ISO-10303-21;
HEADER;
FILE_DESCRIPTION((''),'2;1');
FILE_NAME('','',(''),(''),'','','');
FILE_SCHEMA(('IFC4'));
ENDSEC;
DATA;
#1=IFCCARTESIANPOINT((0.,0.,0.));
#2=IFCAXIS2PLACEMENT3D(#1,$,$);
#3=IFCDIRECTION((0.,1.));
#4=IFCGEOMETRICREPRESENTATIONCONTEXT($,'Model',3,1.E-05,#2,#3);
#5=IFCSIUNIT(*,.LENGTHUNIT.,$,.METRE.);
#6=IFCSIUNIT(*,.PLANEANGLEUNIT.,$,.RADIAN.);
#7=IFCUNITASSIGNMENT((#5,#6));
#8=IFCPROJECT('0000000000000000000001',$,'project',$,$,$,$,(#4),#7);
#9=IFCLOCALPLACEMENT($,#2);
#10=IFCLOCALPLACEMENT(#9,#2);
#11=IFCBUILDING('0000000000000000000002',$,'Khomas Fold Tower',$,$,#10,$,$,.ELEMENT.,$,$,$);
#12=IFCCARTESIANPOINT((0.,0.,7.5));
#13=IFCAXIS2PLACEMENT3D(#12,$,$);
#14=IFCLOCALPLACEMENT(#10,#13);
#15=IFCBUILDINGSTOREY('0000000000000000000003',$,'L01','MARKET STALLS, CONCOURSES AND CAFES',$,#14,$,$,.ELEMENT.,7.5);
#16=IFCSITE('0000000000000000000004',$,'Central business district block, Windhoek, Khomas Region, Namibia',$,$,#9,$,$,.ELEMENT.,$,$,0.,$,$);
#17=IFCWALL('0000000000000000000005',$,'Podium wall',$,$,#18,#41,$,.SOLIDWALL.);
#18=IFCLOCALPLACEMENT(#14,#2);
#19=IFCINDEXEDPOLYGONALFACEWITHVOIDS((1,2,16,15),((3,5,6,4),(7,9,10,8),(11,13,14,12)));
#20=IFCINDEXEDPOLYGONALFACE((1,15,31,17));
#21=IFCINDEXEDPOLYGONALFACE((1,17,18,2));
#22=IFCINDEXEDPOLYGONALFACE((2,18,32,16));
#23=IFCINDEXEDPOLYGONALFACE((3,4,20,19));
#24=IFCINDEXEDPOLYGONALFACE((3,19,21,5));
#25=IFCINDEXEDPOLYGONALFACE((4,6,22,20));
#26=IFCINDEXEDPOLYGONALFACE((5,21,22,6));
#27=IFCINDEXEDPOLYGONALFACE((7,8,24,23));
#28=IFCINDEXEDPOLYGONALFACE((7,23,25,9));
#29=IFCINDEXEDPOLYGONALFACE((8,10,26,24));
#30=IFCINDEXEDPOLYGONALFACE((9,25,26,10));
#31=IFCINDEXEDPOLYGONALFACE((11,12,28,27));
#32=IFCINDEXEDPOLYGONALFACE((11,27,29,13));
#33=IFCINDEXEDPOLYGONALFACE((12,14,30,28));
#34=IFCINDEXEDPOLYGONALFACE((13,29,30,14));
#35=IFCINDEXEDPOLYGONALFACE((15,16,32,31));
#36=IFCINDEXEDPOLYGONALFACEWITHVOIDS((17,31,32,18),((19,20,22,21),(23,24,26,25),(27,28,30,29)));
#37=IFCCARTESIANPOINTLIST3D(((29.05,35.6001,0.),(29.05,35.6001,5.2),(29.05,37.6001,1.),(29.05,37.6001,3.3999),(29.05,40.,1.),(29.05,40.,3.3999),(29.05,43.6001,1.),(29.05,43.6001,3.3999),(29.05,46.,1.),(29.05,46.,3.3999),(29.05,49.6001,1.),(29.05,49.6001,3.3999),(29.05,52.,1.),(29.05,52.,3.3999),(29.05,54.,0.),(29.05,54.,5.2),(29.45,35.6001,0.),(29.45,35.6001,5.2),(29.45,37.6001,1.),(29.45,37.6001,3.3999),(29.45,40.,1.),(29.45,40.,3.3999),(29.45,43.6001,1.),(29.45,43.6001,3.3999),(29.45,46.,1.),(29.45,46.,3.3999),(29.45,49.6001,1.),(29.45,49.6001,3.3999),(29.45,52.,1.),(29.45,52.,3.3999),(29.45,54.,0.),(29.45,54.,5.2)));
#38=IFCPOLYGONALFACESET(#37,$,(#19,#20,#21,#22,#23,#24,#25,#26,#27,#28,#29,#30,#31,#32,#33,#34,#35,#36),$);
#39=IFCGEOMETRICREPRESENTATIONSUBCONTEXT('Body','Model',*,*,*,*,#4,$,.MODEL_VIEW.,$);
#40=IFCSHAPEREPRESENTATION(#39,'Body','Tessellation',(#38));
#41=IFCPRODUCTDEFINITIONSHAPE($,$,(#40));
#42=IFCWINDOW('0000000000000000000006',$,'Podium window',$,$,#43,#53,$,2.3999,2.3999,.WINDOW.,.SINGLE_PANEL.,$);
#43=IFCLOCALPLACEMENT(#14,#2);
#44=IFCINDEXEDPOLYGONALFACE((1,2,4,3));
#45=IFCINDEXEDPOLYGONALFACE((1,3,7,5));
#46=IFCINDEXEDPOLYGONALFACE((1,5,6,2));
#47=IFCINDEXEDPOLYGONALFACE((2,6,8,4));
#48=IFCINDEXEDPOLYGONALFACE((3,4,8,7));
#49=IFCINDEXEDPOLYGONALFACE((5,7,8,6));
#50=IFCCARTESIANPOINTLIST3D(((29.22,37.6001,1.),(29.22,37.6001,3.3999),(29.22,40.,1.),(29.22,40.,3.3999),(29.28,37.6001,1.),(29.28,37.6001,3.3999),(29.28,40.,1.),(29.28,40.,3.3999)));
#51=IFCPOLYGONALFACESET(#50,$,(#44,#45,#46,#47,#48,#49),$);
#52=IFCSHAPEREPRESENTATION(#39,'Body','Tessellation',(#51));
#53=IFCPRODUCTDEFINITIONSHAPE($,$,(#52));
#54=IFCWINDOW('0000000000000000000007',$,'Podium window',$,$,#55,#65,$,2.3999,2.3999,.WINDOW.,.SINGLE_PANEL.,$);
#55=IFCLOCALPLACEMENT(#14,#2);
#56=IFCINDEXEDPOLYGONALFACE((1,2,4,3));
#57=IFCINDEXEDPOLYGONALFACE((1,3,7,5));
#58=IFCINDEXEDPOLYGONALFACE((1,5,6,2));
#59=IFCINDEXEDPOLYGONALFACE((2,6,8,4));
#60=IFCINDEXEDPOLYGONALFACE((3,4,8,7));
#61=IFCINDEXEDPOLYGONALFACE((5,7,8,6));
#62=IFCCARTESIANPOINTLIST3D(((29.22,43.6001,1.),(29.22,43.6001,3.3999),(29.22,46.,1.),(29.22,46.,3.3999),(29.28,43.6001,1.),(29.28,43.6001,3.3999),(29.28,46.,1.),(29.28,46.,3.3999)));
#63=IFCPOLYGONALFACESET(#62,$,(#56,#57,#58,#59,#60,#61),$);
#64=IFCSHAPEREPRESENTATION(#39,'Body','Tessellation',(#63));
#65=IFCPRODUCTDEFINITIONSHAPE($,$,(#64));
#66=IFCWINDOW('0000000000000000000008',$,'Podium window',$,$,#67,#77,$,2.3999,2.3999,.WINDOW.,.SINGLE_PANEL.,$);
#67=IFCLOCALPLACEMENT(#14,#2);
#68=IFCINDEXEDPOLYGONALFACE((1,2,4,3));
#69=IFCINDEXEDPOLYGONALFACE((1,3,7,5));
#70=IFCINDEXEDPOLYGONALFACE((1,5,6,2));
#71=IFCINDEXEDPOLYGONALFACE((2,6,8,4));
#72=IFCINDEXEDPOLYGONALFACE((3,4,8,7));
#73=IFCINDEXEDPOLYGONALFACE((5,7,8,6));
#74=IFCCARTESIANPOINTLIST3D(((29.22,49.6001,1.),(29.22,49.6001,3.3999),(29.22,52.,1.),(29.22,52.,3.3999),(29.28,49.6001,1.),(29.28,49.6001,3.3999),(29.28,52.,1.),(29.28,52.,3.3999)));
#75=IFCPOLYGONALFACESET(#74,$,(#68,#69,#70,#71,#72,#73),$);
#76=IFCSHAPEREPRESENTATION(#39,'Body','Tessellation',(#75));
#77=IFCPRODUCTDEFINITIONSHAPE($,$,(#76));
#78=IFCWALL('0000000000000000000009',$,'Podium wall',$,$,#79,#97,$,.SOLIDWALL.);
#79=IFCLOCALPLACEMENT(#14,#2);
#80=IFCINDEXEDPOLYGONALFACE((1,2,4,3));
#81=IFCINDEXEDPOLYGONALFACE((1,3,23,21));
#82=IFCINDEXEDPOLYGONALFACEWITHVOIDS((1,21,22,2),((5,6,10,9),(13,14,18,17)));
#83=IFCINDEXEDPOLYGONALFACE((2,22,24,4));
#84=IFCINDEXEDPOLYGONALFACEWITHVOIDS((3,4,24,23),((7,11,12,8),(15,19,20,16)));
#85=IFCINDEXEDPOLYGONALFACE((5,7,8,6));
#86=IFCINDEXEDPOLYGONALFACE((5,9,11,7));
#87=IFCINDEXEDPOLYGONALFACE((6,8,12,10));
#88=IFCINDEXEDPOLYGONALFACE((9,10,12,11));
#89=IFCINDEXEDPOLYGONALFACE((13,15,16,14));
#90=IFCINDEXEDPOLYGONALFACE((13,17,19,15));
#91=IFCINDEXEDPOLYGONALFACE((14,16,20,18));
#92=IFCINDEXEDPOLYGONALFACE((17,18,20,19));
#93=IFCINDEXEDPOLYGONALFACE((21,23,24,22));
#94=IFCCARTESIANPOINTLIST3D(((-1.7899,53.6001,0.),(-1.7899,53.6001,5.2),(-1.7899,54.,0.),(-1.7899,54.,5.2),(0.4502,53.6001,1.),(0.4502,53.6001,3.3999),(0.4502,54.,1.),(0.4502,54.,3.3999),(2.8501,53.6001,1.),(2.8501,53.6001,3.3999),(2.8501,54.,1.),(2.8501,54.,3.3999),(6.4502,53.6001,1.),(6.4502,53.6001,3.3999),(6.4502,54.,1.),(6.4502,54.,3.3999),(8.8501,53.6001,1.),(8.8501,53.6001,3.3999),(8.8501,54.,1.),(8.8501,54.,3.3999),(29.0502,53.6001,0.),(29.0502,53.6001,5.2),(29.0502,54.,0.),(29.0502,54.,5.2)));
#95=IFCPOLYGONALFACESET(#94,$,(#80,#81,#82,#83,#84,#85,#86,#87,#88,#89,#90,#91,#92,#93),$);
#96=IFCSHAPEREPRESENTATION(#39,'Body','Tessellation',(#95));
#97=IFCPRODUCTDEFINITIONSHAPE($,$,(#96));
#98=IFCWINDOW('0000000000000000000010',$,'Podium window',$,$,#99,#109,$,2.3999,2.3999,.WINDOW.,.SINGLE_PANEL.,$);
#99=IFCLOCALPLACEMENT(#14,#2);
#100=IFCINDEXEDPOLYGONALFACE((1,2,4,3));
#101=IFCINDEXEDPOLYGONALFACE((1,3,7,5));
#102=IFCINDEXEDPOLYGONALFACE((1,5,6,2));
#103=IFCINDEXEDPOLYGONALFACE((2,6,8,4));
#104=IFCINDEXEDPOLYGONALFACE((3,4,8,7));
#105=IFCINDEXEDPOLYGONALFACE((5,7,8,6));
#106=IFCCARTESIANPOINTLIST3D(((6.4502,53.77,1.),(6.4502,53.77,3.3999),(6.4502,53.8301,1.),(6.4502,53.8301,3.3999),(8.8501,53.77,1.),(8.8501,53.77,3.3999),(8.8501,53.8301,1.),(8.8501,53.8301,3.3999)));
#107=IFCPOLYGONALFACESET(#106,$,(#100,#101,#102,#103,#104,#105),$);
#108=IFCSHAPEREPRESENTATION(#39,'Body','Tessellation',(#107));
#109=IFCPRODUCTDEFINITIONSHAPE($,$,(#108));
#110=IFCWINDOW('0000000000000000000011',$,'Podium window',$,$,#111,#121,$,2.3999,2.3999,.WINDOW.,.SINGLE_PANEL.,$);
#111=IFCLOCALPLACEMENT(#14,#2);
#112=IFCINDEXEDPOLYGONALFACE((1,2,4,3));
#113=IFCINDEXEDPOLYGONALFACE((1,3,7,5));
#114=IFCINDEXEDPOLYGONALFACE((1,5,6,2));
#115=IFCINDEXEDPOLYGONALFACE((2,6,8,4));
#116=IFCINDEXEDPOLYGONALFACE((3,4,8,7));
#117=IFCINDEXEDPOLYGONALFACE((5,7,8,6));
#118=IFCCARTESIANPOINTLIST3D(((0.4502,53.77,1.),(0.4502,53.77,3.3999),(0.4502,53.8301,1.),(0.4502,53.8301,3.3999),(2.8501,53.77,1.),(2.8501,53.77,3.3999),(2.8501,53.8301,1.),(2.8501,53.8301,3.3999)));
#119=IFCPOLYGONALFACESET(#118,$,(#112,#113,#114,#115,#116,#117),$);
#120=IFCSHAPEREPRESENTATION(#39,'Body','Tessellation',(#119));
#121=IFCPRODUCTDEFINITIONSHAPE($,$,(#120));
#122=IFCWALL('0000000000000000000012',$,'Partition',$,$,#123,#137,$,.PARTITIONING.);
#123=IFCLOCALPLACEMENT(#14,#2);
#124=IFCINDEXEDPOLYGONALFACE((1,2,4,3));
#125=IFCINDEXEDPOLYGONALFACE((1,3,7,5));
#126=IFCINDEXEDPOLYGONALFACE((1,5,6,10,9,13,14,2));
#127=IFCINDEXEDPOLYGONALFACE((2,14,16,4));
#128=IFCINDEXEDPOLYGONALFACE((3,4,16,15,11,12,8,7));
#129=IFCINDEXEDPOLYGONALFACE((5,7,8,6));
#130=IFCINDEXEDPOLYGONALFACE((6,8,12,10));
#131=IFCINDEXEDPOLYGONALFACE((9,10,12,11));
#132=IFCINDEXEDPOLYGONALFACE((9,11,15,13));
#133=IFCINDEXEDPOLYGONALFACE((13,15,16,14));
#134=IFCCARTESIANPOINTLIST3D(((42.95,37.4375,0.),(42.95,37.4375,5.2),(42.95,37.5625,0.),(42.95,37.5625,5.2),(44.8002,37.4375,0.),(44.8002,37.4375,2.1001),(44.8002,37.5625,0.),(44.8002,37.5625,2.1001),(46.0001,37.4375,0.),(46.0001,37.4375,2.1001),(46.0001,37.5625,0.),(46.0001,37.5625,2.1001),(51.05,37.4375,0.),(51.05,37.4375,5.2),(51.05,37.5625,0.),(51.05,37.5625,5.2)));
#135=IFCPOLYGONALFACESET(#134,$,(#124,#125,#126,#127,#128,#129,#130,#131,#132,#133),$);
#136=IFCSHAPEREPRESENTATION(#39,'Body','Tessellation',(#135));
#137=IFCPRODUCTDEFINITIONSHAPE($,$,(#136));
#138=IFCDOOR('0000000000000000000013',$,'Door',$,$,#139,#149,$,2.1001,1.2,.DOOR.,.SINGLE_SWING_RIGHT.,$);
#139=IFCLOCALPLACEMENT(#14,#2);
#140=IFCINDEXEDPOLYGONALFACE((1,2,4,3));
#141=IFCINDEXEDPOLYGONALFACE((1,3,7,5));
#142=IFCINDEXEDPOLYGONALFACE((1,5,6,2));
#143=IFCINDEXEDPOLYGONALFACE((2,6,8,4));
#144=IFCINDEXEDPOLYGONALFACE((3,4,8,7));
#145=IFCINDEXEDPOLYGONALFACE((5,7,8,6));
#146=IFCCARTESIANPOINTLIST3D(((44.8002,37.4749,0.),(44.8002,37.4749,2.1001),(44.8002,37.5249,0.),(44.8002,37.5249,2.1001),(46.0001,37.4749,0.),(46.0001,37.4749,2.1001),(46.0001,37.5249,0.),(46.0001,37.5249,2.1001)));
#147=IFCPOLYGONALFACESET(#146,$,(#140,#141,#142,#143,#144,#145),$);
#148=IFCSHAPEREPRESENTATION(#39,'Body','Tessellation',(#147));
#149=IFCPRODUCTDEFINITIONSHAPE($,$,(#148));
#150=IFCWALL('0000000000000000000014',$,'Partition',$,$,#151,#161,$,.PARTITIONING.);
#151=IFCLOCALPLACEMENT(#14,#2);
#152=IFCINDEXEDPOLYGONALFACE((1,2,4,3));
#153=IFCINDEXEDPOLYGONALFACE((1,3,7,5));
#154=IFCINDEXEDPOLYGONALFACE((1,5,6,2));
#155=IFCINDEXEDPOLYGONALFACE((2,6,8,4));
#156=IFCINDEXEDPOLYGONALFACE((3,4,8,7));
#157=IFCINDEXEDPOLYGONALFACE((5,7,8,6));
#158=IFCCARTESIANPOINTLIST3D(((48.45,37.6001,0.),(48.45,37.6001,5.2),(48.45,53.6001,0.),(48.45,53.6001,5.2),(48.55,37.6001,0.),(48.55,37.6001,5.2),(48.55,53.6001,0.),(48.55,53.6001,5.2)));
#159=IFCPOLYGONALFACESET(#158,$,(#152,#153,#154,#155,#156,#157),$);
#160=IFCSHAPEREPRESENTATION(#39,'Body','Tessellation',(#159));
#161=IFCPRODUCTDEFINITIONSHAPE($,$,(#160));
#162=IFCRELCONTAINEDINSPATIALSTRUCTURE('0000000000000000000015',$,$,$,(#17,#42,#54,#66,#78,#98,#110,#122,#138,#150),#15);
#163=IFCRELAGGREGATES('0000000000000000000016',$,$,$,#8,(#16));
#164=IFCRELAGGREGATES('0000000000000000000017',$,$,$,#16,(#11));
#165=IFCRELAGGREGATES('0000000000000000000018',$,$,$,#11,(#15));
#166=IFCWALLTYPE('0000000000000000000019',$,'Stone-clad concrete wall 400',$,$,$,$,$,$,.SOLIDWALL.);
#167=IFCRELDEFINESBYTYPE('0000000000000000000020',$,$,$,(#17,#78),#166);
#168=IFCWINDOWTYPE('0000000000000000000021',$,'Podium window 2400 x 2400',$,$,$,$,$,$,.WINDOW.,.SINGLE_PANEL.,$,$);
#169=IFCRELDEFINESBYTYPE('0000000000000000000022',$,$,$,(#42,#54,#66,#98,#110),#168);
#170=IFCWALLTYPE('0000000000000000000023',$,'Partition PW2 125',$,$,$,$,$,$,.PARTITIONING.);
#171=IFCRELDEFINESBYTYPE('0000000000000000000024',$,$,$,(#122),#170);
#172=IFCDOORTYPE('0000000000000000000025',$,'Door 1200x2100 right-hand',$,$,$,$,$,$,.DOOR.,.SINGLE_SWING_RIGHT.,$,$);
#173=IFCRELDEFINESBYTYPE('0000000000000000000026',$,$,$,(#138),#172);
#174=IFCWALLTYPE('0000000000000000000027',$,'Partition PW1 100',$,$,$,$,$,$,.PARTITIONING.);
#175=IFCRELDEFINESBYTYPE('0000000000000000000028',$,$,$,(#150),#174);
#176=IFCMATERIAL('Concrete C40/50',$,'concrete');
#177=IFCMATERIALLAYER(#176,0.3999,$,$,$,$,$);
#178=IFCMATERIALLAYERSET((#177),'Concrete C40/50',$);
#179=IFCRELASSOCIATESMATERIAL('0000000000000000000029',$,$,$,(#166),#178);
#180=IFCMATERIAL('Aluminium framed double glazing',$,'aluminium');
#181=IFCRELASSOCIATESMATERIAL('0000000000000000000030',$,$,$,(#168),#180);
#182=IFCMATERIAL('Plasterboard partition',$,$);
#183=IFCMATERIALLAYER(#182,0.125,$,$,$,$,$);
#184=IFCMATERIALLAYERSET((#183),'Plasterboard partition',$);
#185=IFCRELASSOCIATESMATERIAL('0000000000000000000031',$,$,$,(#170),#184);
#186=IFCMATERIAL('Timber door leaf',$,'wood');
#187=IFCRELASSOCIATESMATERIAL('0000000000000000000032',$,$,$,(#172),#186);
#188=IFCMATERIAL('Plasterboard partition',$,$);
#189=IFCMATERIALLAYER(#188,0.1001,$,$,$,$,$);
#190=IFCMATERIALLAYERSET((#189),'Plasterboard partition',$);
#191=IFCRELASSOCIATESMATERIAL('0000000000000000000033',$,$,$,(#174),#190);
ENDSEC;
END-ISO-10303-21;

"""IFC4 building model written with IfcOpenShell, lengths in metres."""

from ifc_helpers import new_model, si_unit, direction, frame, frame_2d, origin, place, context, subcontext, project, spatial, rectangle, extrude, source, transform, mapped, material, layer, layer_set, type_object, element, fill, save


model = new_model("IFC4")

# Units and contexts
model_context = context("Model", 3, precision=1e-05, world=origin(), true_north=direction((0.0, 1.0)))
body_context = subcontext(model_context, "Body", "Model", "MODEL_VIEW")
ifc_project = project(units=[si_unit("LENGTHUNIT", "METRE"), si_unit("PLANEANGLEUNIT", "RADIAN")], contexts=[model_context])

# Site, building, storey
site_placement = place(None, origin())
site = spatial("IfcSite", under=ifc_project, at=site_placement, Name="Central business district block, Windhoek, Khomas Region, Namibia", CompositionType="ELEMENT", RefElevation=0.0)
building_placement = place(site_placement, origin())
building = spatial("IfcBuilding", under=site, at=building_placement, Name="Khomas Fold Tower", CompositionType="ELEMENT")
storey_placement = place(building_placement, frame((0.0, 0.0, 7.5)))
storey = spatial("IfcBuildingStorey", under=building, at=storey_placement, Name="L01", Description="MARKET STALLS, CONCOURSES AND CAFES", CompositionType="ELEMENT", Elevation=7.5)

# Walls, openings, windows
ifc_material_1 = material(Name="Concrete C40/50", Category="concrete")
ifc_layer_1 = layer(ifc_material_1, 0.3999)
ifc_layer_set_1 = layer_set([ifc_layer_1], Name="Concrete C40/50")
wall_type_1 = type_object("IfcWallType", Name="Stone-clad concrete wall 400", PredefinedType="SOLIDWALL", material=ifc_layer_set_1)
shared_shape_1 = source(origin(), body_context, "Body", "SweptSolid", [
    extrude(rectangle(XDim=2.3999, YDim=2.3999, at=frame_2d((1.2, 1.2))), frame((0.0, 0.21, 0.0), z_axis=(0.0, -1.0, 0.0), x_axis=(1.0, 0.0, 0.0)), (0.0, 0.0, 1.0), 0.4199),
])
ifc_material_2 = material(Name="Aluminium framed double glazing", Category="aluminium")
window_type = type_object("IfcWindowType", Name="Podium window 2400 x 2400", PartitioningType="SINGLE_PANEL", PredefinedType="WINDOW", material=ifc_material_2)
shared_shape_2 = source(origin(), body_context, "Body", "SweptSolid", [
    extrude(rectangle(XDim=2.3999, YDim=2.3999, at=frame_2d((1.2, 1.2))), frame((0.0, 0.03, 0.0), z_axis=(0.0, -1.0, 0.0), x_axis=(1.0, 0.0, 0.0)), (0.0, 0.0, 1.0), 0.0601),
])
shared_shape_3 = source(origin(), body_context, "Body", "SweptSolid", [
    extrude(rectangle(XDim=18.3999, YDim=0.3999, at=frame_2d((9.2, 0.0))), origin(), (0.0, 0.0, 1.0), 5.2),
])
wall_1_placement = place(storey_placement, frame((29.25, 35.6001, 0.0), z_axis=(0.0, 0.0, 1.0), x_axis=(0.0, 1.0, 0.0)))
wall_1 = element("IfcWall", 1, at=wall_1_placement, inside=storey, type_object=wall_type_1, Name="Podium wall", PredefinedType="SOLIDWALL", context=body_context, shape_type="MappedRepresentation", body=[
    mapped(shared_shape_3, transform((0.0, 0.0, 0.0))),
])
opening_1_placement = place(wall_1_placement, frame((2.0, 0.0, 1.0)))
opening_1 = element("IfcOpeningElement", 2, at=opening_1_placement, cuts=wall_1, PredefinedType="OPENING", context=body_context, shape_type="MappedRepresentation", body=[
    mapped(shared_shape_1, transform((0.0, 0.0, 0.0))),
])
opening_2_placement = place(wall_1_placement, frame((8.0, 0.0, 1.0)))
opening_2 = element("IfcOpeningElement", 3, at=opening_2_placement, cuts=wall_1, PredefinedType="OPENING", context=body_context, shape_type="MappedRepresentation", body=[
    mapped(shared_shape_1, transform((0.0, 0.0, 0.0))),
])
opening_3_placement = place(wall_1_placement, frame((14.0, 0.0, 1.0)))
opening_3 = element("IfcOpeningElement", 4, at=opening_3_placement, cuts=wall_1, PredefinedType="OPENING", context=body_context, shape_type="MappedRepresentation", body=[
    mapped(shared_shape_1, transform((0.0, 0.0, 0.0))),
])
window_1_placement = place(opening_1_placement, origin())
window_1 = element("IfcWindow", 5, at=window_1_placement, inside=storey, type_object=window_type, Name="Podium window", OverallHeight=2.3999, OverallWidth=2.3999, PartitioningType="SINGLE_PANEL", PredefinedType="WINDOW", context=body_context, shape_type="MappedRepresentation", body=[
    mapped(shared_shape_2, transform((0.0, 0.0, 0.0))),
])
fill(opening_1, window_1)
window_2_placement = place(opening_2_placement, origin())
window_2 = element("IfcWindow", 6, at=window_2_placement, inside=storey, type_object=window_type, Name="Podium window", OverallHeight=2.3999, OverallWidth=2.3999, PartitioningType="SINGLE_PANEL", PredefinedType="WINDOW", context=body_context, shape_type="MappedRepresentation", body=[
    mapped(shared_shape_2, transform((0.0, 0.0, 0.0))),
])
fill(opening_2, window_2)
window_3_placement = place(opening_3_placement, origin())
window_3 = element("IfcWindow", 7, at=window_3_placement, inside=storey, type_object=window_type, Name="Podium window", OverallHeight=2.3999, OverallWidth=2.3999, PartitioningType="SINGLE_PANEL", PredefinedType="WINDOW", context=body_context, shape_type="MappedRepresentation", body=[
    mapped(shared_shape_2, transform((0.0, 0.0, 0.0))),
])
fill(opening_3, window_3)
shared_shape_4 = source(origin(), body_context, "Body", "SweptSolid", [
    extrude(rectangle(XDim=30.8401, YDim=0.3999, at=frame_2d((15.4199, 0.0))), origin(), (0.0, 0.0, 1.0), 5.2),
])
wall_2_placement = place(storey_placement, frame((29.05, 53.8, 0.0), z_axis=(0.0, 0.0, 1.0), x_axis=(-1.0, 0.0, 0.0)))
wall_2 = element("IfcWall", 8, at=wall_2_placement, inside=storey, type_object=wall_type_1, Name="Podium wall", PredefinedType="SOLIDWALL", context=body_context, shape_type="MappedRepresentation", body=[
    mapped(shared_shape_4, transform((0.0, 0.0, 0.0))),
])
opening_4_placement = place(wall_2_placement, frame((20.2, 0.0, 1.0)))
opening_4 = element("IfcOpeningElement", 9, at=opening_4_placement, cuts=wall_2, PredefinedType="OPENING", context=body_context, shape_type="MappedRepresentation", body=[
    mapped(shared_shape_1, transform((0.0, 0.0, 0.0))),
])
opening_5_placement = place(wall_2_placement, frame((26.2, 0.0, 1.0)))
opening_5 = element("IfcOpeningElement", 10, at=opening_5_placement, cuts=wall_2, PredefinedType="OPENING", context=body_context, shape_type="MappedRepresentation", body=[
    mapped(shared_shape_1, transform((0.0, 0.0, 0.0))),
])
window_4_placement = place(opening_4_placement, origin())
window_4 = element("IfcWindow", 11, at=window_4_placement, inside=storey, type_object=window_type, Name="Podium window", OverallHeight=2.3999, OverallWidth=2.3999, PartitioningType="SINGLE_PANEL", PredefinedType="WINDOW", context=body_context, shape_type="MappedRepresentation", body=[
    mapped(shared_shape_2, transform((0.0, 0.0, 0.0))),
])
fill(opening_4, window_4)
window_5_placement = place(opening_5_placement, origin())
window_5 = element("IfcWindow", 12, at=window_5_placement, inside=storey, type_object=window_type, Name="Podium window", OverallHeight=2.3999, OverallWidth=2.3999, PartitioningType="SINGLE_PANEL", PredefinedType="WINDOW", context=body_context, shape_type="MappedRepresentation", body=[
    mapped(shared_shape_2, transform((0.0, 0.0, 0.0))),
])
fill(opening_5, window_5)

# Wall, opening, door
ifc_material_3 = material(Name="Plasterboard partition")
ifc_layer_2 = layer(ifc_material_3, 0.125)
ifc_layer_set_2 = layer_set([ifc_layer_2], Name="Plasterboard partition")
wall_type_2 = type_object("IfcWallType", Name="Partition PW2 125", PredefinedType="PARTITIONING", material=ifc_layer_set_2)
shared_shape_5 = source(origin(), body_context, "Body", "SweptSolid", [
    extrude(rectangle(XDim=8.1001, YDim=0.125, at=frame_2d((4.05, 0.0))), origin(), (0.0, 0.0, 1.0), 5.2),
])
wall_3_placement = place(storey_placement, frame((42.95, 37.5, 0.0), z_axis=(0.0, 0.0, 1.0), x_axis=(1.0, 0.0, 0.0)))
wall_3 = element("IfcWall", 13, at=wall_3_placement, inside=storey, type_object=wall_type_2, Name="Partition", PredefinedType="PARTITIONING", context=body_context, shape_type="MappedRepresentation", body=[
    mapped(shared_shape_5, transform((0.0, 0.0, 0.0))),
])
shared_shape_6 = source(origin(), body_context, "Body", "SweptSolid", [
    extrude(rectangle(XDim=1.2, YDim=2.1001, at=frame_2d((0.6001, 1.05))), frame((0.0, 0.0725, 0.0), z_axis=(0.0, -1.0, 0.0), x_axis=(1.0, 0.0, 0.0)), (0.0, 0.0, 1.0), 0.145),
])
opening_6_placement = place(wall_3_placement, frame((1.8501, 0.0, 0.0)))
opening_6 = element("IfcOpeningElement", 14, at=opening_6_placement, cuts=wall_3, PredefinedType="OPENING", context=body_context, shape_type="MappedRepresentation", body=[
    mapped(shared_shape_6, transform((0.0, 0.0, 0.0))),
])
ifc_material_4 = material(Name="Timber door leaf", Category="wood")
door_type = type_object("IfcDoorType", Name="Door 1200x2100 right-hand", OperationType="SINGLE_SWING_RIGHT", PredefinedType="DOOR", material=ifc_material_4)
shared_shape_7 = source(origin(), body_context, "Body", "SweptSolid", [
    extrude(rectangle(XDim=1.2, YDim=2.1001, at=frame_2d((0.6001, 1.05))), frame((0.0, 0.0249, 0.0), z_axis=(0.0, -1.0, 0.0), x_axis=(1.0, 0.0, 0.0)), (0.0, 0.0, 1.0), 0.05),
])
door_placement = place(opening_6_placement, origin())
door = element("IfcDoor", 15, at=door_placement, inside=storey, type_object=door_type, Name="Door", OperationType="SINGLE_SWING_RIGHT", OverallHeight=2.1001, OverallWidth=1.2, PredefinedType="DOOR", context=body_context, shape_type="MappedRepresentation", body=[
    mapped(shared_shape_7, transform((0.0, 0.0, 0.0))),
])
fill(opening_6, door)

# Wall
ifc_material_5 = material(Name="Plasterboard partition")
ifc_layer_3 = layer(ifc_material_5, 0.1001)
ifc_layer_set_3 = layer_set([ifc_layer_3], Name="Plasterboard partition")
wall_type_3 = type_object("IfcWallType", Name="Partition PW1 100", PredefinedType="PARTITIONING", material=ifc_layer_set_3)
shared_shape_8 = source(origin(), body_context, "Body", "SweptSolid", [
    extrude(rectangle(XDim=16.0, YDim=0.1001, at=frame_2d((8.0, 0.0))), origin(), (0.0, 0.0, 1.0), 5.2),
])
wall_4_placement = place(storey_placement, frame((48.5, 37.6001, 0.0), z_axis=(0.0, 0.0, 1.0), x_axis=(0.0, 1.0, 0.0)))
element("IfcWall", 16, at=wall_4_placement, inside=storey, type_object=wall_type_3, Name="Partition", PredefinedType="PARTITIONING", context=body_context, shape_type="MappedRepresentation", body=[
    mapped(shared_shape_8, transform((0.0, 0.0, 0.0))),
])

save(model, "model.ifc")
